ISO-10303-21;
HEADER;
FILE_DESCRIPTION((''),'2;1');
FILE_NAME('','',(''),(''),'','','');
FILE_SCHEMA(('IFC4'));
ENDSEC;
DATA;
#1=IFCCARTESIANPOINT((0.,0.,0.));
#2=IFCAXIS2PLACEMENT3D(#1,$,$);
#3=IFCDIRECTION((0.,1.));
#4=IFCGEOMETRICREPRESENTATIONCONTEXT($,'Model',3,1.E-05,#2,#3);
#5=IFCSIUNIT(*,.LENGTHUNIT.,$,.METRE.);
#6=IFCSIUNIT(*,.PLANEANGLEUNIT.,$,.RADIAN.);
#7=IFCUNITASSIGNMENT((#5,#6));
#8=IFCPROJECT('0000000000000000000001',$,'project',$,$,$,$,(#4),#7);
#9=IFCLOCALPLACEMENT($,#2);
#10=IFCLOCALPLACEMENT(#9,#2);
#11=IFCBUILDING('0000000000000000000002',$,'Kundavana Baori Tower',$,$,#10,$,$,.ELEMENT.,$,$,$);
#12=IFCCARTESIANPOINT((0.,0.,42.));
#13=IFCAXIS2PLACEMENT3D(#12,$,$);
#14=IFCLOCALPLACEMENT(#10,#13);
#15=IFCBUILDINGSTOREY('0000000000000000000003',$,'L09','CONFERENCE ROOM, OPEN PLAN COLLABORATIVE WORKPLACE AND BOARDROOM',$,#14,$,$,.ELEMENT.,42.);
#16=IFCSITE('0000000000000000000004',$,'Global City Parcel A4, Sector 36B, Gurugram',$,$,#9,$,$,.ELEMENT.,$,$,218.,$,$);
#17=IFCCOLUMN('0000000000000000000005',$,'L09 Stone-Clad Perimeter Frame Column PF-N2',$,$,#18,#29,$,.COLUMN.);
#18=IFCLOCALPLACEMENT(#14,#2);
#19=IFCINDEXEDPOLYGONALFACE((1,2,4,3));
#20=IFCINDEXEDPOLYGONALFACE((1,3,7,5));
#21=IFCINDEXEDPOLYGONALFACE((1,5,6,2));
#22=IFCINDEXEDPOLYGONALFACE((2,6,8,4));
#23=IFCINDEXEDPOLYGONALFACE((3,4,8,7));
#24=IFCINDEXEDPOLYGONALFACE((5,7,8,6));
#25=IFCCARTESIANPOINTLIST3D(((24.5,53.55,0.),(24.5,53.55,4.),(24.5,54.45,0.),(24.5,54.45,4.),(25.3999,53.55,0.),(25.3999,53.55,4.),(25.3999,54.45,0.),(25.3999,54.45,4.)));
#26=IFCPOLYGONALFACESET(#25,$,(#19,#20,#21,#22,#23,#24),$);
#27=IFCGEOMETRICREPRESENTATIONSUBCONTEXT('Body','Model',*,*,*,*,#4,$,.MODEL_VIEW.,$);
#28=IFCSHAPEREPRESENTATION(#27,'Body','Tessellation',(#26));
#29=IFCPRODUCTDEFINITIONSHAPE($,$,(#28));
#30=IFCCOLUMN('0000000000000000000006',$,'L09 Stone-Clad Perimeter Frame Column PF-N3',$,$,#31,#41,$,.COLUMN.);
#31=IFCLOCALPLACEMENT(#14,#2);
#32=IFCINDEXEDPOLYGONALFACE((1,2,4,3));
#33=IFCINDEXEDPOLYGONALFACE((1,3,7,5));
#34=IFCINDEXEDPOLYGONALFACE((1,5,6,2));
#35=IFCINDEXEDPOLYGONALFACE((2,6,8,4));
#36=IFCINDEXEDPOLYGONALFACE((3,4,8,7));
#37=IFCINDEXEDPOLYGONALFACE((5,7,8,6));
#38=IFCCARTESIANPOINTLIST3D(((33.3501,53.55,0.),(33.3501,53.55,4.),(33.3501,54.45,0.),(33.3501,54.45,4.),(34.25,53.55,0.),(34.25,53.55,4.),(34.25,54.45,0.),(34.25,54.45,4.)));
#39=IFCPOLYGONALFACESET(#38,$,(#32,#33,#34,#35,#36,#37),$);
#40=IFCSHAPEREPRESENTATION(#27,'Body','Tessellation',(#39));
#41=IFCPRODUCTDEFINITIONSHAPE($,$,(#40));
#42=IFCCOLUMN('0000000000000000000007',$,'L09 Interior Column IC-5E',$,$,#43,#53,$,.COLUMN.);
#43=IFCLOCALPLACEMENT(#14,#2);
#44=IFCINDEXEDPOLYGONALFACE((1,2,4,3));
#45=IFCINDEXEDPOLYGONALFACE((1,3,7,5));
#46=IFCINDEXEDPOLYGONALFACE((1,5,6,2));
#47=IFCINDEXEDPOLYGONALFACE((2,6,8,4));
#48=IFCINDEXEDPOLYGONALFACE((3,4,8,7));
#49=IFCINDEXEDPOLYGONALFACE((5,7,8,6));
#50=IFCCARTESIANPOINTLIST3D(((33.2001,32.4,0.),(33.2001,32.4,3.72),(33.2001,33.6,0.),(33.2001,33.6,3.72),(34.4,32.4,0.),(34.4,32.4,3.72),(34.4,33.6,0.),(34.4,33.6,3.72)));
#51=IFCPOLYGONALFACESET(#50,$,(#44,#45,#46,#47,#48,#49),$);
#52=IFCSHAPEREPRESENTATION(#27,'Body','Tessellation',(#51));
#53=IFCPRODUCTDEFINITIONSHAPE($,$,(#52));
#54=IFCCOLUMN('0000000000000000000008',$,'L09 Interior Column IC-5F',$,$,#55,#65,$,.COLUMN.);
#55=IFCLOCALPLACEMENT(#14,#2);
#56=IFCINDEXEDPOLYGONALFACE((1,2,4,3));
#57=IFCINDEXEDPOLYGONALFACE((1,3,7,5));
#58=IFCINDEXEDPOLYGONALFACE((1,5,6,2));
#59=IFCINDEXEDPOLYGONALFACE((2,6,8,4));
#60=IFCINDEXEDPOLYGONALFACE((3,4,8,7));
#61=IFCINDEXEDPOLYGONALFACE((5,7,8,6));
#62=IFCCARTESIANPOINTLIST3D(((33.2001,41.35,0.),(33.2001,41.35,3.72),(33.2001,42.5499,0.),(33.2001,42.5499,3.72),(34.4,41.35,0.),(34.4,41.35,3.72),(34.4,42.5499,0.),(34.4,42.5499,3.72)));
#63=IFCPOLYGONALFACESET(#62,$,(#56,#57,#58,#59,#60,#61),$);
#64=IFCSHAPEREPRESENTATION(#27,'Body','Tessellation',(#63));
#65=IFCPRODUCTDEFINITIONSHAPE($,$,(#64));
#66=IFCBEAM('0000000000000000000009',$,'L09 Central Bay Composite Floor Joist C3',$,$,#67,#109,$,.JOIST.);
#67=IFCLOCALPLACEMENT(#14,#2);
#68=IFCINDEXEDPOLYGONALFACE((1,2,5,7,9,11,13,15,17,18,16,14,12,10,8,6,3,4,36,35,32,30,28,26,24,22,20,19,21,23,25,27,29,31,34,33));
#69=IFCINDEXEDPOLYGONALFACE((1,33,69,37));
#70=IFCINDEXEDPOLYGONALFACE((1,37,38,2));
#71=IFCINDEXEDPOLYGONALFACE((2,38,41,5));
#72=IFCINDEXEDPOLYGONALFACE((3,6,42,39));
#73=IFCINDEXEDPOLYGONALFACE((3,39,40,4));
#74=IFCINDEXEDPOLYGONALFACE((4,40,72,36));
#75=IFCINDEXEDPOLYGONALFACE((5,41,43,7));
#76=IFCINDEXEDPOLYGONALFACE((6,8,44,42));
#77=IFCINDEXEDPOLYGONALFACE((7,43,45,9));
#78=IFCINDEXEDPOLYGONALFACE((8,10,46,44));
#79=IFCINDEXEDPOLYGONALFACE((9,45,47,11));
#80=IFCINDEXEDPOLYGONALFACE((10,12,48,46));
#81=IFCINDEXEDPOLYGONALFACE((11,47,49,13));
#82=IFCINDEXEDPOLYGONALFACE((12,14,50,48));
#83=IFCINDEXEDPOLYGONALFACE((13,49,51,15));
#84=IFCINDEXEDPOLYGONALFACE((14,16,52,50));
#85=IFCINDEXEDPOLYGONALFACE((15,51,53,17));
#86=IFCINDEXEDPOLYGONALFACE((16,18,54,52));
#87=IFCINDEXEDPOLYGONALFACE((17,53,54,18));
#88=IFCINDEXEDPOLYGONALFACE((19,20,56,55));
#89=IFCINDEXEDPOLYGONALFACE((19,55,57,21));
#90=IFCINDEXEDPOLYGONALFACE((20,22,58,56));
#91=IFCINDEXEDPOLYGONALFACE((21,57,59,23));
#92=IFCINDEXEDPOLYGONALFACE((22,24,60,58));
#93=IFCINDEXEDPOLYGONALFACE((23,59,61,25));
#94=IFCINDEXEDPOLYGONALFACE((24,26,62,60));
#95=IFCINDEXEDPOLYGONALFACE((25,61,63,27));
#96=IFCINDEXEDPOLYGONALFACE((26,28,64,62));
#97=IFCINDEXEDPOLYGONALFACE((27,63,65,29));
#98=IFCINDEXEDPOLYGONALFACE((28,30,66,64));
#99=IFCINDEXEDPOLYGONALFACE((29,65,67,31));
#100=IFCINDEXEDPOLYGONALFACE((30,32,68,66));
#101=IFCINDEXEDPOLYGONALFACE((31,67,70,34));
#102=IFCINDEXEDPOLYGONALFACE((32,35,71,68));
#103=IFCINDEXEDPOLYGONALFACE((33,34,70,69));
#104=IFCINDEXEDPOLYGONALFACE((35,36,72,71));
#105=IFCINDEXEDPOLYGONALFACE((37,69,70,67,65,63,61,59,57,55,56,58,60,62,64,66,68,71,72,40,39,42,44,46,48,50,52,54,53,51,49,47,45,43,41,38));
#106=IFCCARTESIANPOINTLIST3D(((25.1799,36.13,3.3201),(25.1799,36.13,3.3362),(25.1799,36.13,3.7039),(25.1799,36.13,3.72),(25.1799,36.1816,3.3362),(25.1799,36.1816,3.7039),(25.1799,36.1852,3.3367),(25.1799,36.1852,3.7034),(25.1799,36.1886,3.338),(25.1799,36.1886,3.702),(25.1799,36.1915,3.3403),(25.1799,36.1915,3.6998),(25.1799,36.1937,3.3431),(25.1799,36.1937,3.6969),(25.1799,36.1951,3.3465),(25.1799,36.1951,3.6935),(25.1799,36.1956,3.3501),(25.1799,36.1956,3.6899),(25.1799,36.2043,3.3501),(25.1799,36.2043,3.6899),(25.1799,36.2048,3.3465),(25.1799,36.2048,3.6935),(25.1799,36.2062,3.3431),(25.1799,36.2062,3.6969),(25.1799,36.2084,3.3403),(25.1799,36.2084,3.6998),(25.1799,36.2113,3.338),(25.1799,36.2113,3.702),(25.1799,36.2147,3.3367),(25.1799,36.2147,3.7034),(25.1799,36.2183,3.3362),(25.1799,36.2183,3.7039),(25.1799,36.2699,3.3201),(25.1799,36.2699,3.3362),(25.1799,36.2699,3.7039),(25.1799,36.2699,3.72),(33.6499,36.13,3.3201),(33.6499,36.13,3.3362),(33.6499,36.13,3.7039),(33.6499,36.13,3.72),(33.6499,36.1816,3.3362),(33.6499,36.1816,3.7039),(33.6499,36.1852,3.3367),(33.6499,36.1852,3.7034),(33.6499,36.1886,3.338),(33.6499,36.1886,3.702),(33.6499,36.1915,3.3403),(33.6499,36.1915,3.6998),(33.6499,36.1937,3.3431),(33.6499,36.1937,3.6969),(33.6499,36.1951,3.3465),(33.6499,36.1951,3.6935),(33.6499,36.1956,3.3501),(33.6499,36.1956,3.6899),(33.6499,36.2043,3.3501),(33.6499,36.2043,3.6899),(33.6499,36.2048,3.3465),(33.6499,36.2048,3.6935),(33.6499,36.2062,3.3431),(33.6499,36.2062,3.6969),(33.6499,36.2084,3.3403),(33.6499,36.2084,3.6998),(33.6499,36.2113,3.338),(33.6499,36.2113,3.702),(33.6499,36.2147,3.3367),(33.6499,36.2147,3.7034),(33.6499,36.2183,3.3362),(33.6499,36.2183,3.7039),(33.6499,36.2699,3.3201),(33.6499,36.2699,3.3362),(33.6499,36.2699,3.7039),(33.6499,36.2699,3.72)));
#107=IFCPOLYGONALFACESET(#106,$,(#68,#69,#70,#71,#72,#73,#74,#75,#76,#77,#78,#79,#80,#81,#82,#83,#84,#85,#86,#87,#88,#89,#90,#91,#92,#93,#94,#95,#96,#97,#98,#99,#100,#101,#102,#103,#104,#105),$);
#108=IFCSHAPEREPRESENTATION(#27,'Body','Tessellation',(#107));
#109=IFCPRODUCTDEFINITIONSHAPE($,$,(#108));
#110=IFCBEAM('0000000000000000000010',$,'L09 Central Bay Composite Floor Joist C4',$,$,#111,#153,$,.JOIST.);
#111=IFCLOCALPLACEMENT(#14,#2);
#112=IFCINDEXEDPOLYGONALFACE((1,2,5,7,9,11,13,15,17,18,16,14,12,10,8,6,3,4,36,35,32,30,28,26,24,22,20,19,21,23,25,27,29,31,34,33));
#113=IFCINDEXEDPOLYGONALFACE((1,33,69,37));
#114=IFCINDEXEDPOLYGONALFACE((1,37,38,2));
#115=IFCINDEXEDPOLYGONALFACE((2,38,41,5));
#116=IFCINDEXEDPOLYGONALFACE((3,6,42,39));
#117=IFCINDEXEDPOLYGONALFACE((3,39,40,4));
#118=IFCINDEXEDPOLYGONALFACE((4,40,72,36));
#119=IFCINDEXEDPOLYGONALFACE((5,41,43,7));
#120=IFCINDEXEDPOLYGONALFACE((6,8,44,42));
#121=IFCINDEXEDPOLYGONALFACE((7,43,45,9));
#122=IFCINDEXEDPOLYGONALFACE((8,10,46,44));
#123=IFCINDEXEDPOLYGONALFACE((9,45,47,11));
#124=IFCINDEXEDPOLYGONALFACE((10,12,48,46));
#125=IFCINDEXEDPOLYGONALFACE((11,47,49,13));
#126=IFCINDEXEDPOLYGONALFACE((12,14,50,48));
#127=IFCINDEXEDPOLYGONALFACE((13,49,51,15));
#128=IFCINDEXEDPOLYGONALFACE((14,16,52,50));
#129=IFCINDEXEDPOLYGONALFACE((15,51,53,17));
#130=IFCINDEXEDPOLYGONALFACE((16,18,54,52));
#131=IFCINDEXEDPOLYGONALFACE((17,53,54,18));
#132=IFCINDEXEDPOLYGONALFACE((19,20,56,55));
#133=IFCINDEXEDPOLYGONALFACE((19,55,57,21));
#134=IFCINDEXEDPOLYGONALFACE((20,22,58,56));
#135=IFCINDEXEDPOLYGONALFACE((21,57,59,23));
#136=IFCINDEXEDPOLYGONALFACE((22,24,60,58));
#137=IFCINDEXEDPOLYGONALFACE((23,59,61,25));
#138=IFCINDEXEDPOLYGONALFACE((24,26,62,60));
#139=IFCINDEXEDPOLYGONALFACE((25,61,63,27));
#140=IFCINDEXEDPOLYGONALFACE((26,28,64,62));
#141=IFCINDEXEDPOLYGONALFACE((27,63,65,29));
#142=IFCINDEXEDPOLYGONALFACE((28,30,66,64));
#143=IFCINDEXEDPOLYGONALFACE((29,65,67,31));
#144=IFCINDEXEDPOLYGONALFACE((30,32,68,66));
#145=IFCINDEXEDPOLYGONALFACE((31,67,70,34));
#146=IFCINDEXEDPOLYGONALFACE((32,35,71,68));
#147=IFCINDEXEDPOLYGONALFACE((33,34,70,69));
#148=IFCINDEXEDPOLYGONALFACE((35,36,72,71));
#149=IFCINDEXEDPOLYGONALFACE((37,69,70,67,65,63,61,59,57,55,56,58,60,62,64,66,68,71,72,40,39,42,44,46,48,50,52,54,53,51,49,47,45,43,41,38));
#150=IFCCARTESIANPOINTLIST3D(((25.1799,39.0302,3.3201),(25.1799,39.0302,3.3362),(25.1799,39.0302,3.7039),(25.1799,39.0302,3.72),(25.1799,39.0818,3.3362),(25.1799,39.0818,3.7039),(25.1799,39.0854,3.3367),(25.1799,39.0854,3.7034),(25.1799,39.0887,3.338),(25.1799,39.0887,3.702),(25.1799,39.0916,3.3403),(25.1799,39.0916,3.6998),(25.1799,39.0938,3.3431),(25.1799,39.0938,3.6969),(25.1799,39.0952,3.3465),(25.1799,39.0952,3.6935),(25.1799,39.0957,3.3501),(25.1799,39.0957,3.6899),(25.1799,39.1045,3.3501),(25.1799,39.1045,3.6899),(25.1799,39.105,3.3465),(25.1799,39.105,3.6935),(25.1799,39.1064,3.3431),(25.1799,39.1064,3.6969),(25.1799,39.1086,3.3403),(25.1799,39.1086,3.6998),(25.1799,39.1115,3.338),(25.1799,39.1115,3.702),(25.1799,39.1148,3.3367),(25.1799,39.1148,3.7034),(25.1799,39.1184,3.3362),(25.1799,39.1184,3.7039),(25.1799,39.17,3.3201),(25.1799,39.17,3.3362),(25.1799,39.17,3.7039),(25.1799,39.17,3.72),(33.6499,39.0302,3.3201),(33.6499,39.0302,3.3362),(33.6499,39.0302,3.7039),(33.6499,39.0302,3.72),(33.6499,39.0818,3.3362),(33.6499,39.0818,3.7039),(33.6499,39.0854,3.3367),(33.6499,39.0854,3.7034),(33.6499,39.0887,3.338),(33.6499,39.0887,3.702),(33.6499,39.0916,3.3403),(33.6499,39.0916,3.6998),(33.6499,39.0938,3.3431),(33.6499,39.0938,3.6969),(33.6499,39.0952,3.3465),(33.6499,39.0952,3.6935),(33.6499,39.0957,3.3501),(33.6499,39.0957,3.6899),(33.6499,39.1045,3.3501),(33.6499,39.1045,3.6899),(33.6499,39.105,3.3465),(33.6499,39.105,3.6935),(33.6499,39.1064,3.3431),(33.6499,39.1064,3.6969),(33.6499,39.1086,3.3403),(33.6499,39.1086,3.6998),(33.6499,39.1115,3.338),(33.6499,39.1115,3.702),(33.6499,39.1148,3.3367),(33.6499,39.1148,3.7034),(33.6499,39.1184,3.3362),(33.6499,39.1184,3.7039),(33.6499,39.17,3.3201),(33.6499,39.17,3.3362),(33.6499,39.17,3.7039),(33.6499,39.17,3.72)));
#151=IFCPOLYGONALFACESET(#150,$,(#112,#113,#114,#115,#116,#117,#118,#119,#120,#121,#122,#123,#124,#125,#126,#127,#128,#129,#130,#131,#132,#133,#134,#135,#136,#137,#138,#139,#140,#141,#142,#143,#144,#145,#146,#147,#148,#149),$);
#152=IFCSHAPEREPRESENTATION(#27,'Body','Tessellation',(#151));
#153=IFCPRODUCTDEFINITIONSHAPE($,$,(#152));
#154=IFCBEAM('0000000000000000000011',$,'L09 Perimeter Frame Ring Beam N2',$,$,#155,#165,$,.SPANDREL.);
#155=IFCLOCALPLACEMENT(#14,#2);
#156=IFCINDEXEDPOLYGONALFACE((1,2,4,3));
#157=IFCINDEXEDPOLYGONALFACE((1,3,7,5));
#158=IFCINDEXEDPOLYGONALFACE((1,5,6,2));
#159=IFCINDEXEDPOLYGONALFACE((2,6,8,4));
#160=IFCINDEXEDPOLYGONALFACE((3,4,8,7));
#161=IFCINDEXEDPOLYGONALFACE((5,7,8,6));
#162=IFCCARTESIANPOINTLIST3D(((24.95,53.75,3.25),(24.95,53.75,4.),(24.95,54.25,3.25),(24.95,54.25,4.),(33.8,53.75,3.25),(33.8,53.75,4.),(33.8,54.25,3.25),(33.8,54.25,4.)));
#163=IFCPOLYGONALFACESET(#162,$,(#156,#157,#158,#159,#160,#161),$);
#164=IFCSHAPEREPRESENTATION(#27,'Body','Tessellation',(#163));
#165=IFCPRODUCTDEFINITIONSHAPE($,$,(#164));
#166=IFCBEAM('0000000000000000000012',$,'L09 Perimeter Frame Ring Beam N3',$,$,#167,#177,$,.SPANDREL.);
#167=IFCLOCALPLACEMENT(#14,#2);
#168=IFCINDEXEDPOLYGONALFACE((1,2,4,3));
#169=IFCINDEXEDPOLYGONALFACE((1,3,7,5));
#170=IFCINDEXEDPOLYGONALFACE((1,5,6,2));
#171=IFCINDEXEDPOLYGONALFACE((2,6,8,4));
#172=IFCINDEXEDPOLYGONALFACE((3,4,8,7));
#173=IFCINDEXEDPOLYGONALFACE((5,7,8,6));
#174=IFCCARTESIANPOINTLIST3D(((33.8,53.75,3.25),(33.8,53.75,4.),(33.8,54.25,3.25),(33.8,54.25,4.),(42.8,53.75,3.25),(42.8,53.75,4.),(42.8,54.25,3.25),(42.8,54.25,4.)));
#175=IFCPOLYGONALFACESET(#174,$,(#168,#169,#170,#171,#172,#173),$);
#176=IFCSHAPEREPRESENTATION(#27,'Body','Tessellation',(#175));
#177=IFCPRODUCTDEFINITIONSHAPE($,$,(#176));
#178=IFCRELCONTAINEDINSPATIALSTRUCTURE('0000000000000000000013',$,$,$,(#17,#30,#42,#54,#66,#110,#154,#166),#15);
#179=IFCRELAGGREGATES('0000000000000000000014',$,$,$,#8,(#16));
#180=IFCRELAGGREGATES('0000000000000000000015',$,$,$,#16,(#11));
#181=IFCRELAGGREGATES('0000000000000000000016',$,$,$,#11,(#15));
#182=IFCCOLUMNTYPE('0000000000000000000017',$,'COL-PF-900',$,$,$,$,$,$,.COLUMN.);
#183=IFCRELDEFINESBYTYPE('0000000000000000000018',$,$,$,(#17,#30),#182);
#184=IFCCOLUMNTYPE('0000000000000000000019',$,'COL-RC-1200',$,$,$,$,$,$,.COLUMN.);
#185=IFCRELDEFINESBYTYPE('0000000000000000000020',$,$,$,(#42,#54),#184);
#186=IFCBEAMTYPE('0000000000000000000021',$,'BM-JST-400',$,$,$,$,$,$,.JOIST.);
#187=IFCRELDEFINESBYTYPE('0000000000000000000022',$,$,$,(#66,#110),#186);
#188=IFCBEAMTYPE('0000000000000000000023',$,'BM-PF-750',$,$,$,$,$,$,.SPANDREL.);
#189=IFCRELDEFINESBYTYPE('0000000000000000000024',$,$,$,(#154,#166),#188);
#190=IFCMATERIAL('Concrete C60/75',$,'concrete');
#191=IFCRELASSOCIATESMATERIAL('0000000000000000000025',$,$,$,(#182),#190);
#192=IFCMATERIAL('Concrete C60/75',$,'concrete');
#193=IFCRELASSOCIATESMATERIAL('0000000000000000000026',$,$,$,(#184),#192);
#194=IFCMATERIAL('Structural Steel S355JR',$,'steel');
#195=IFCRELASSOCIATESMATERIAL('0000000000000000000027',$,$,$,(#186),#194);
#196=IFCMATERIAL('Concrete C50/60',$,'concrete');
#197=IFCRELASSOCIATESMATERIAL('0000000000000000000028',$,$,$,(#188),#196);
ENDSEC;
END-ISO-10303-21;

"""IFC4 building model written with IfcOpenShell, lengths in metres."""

from ifc_helpers import new_model, si_unit, direction, frame, origin, origin_2d, place, context, subcontext, project, spatial, rectangle, i_section, extrude, material, material_profile, profile_set, type_object, element, save


model = new_model("IFC4")

# Units and contexts
model_context = context("Model", 3, precision=1e-05, world=origin(), true_north=direction((0.0, 1.0)))
body_context = subcontext(model_context, "Body", "Model", "MODEL_VIEW")
ifc_project = project(units=[si_unit("LENGTHUNIT", "METRE"), si_unit("PLANEANGLEUNIT", "RADIAN")], contexts=[model_context])

# Site, building, storey
site_placement = place(None, origin())
site = spatial("IfcSite", under=ifc_project, at=site_placement, Name="Global City Parcel A4, Sector 36B, Gurugram", CompositionType="ELEMENT", RefElevation=218.0)
building_placement = place(site_placement, origin())
building = spatial("IfcBuilding", under=site, at=building_placement, Name="Kundavana Baori Tower", CompositionType="ELEMENT")
storey_placement = place(building_placement, frame((0.0, 0.0, 42.0)))
storey = spatial("IfcBuildingStorey", under=building, at=storey_placement, Name="L09", Description="CONFERENCE ROOM, OPEN PLAN COLLABORATIVE WORKPLACE AND BOARDROOM", CompositionType="ELEMENT", Elevation=42.0)

# Columns
ifc_material_1 = material(Name="Concrete C60/75", Category="concrete")
ifc_material_profile_1 = material_profile(ifc_material_1, rectangle(XDim=0.8999, YDim=0.8999, at=origin_2d()), Name="RC PF 900x900")
ifc_profile_set_1 = profile_set([ifc_material_profile_1], Name="Concrete C60/75")
column_type_1 = type_object("IfcColumnType", Name="COL-PF-900", PredefinedType="COLUMN", material=ifc_profile_set_1)
for number, where, z_axis, x_axis, name in (
    (1, (24.95, 54.0, 0.0), (0.0, 0.0, 1.0), (1.0, 0.0, 0.0), "L09 Stone-Clad Perimeter Frame Column PF-N2"),
    (2, (33.8, 54.0, 0.0), (0.0, 0.0, 1.0), (1.0, 0.0, 0.0), "L09 Stone-Clad Perimeter Frame Column PF-N3"),
):
    element("IfcColumn", number, at=place(storey_placement, frame(where, z_axis=z_axis, x_axis=x_axis)), inside=storey, type_object=column_type_1, Name=name, PredefinedType="COLUMN", context=body_context, shape_type="SweptSolid", body=[
        extrude(rectangle(XDim=0.8999, YDim=0.8999, at=origin_2d()), origin(), (0.0, 0.0, 1.0), 4.0),
    ])
ifc_material_2 = material(Name="Concrete C60/75", Category="concrete")
ifc_material_profile_2 = material_profile(ifc_material_2, rectangle(XDim=1.2, YDim=1.2, at=origin_2d()), Name="RC 1200x1200")
ifc_profile_set_2 = profile_set([ifc_material_profile_2], Name="Concrete C60/75")
column_type_2 = type_object("IfcColumnType", Name="COL-RC-1200", PredefinedType="COLUMN", material=ifc_profile_set_2)
for number, where, z_axis, x_axis, name in (
    (3, (33.8, 33.0, 0.0), (0.0, 0.0, 1.0), (1.0, 0.0, 0.0), "L09 Interior Column IC-5E"),
    (4, (33.8, 41.95, 0.0), (0.0, 0.0, 1.0), (1.0, 0.0, 0.0), "L09 Interior Column IC-5F"),
):
    element("IfcColumn", number, at=place(storey_placement, frame(where, z_axis=z_axis, x_axis=x_axis)), inside=storey, type_object=column_type_2, Name=name, PredefinedType="COLUMN", context=body_context, shape_type="SweptSolid", body=[
        extrude(rectangle(XDim=1.2, YDim=1.2, at=origin_2d()), origin(), (0.0, 0.0, 1.0), 3.72),
    ])

# Beams
ifc_material_3 = material(Name="Structural Steel S355JR", Category="steel")
ifc_material_profile_3 = material_profile(ifc_material_3, i_section(OverallWidth=0.1399, OverallDepth=0.3999, WebThickness=0.0088, FlangeThickness=0.0161, FilletRadius=0.0139, at=origin_2d()), Name="ISMB 400")
ifc_profile_set_3 = profile_set([ifc_material_profile_3], Name="Structural Steel S355JR")
beam_type_1 = type_object("IfcBeamType", Name="BM-JST-400", PredefinedType="JOIST", material=ifc_profile_set_3)
for number, where, z_axis, x_axis, name in (
    (5, (25.1799, 36.2, 3.52), (1.0, 0.0, 0.0), (0.0, 1.0, 0.0), "L09 Central Bay Composite Floor Joist C3"),
    (6, (25.1799, 39.1001, 3.52), (1.0, 0.0, 0.0), (0.0, 1.0, 0.0), "L09 Central Bay Composite Floor Joist C4"),
):
    element("IfcBeam", number, at=place(storey_placement, frame(where, z_axis=z_axis, x_axis=x_axis)), inside=storey, type_object=beam_type_1, Name=name, PredefinedType="JOIST", context=body_context, shape_type="SweptSolid", body=[
        extrude(i_section(OverallWidth=0.1399, OverallDepth=0.3999, WebThickness=0.0088, FlangeThickness=0.0161, FilletRadius=0.0139, at=origin_2d()), origin(), (0.0, 0.0, 1.0), 8.47),
    ])
ifc_material_4 = material(Name="Concrete C50/60", Category="concrete")
ifc_material_profile_4 = material_profile(ifc_material_4, rectangle(XDim=0.5, YDim=0.75, at=origin_2d()), Name="RC BM 500x750")
ifc_profile_set_4 = profile_set([ifc_material_profile_4], Name="Concrete C50/60")
beam_type_2 = type_object("IfcBeamType", Name="BM-PF-750", PredefinedType="SPANDREL", material=ifc_profile_set_4)
beam_1_placement = place(storey_placement, frame((24.95, 54.0, 3.625), z_axis=(1.0, 0.0, 0.0), x_axis=(0.0, 1.0, 0.0)))
element("IfcBeam", 7, at=beam_1_placement, inside=storey, type_object=beam_type_2, Name="L09 Perimeter Frame Ring Beam N2", PredefinedType="SPANDREL", context=body_context, shape_type="SweptSolid", body=[
    extrude(rectangle(XDim=0.5, YDim=0.75, at=origin_2d()), origin(), (0.0, 0.0, 1.0), 8.8501),
])
beam_2_placement = place(storey_placement, frame((33.8, 54.0, 3.625), z_axis=(1.0, 0.0, 0.0), x_axis=(0.0, 1.0, 0.0)))
element("IfcBeam", 8, at=beam_2_placement, inside=storey, type_object=beam_type_2, Name="L09 Perimeter Frame Ring Beam N3", PredefinedType="SPANDREL", context=body_context, shape_type="SweptSolid", body=[
    extrude(rectangle(XDim=0.5, YDim=0.75, at=origin_2d()), origin(), (0.0, 0.0, 1.0), 9.0),
])

save(model, "model.ifc")
